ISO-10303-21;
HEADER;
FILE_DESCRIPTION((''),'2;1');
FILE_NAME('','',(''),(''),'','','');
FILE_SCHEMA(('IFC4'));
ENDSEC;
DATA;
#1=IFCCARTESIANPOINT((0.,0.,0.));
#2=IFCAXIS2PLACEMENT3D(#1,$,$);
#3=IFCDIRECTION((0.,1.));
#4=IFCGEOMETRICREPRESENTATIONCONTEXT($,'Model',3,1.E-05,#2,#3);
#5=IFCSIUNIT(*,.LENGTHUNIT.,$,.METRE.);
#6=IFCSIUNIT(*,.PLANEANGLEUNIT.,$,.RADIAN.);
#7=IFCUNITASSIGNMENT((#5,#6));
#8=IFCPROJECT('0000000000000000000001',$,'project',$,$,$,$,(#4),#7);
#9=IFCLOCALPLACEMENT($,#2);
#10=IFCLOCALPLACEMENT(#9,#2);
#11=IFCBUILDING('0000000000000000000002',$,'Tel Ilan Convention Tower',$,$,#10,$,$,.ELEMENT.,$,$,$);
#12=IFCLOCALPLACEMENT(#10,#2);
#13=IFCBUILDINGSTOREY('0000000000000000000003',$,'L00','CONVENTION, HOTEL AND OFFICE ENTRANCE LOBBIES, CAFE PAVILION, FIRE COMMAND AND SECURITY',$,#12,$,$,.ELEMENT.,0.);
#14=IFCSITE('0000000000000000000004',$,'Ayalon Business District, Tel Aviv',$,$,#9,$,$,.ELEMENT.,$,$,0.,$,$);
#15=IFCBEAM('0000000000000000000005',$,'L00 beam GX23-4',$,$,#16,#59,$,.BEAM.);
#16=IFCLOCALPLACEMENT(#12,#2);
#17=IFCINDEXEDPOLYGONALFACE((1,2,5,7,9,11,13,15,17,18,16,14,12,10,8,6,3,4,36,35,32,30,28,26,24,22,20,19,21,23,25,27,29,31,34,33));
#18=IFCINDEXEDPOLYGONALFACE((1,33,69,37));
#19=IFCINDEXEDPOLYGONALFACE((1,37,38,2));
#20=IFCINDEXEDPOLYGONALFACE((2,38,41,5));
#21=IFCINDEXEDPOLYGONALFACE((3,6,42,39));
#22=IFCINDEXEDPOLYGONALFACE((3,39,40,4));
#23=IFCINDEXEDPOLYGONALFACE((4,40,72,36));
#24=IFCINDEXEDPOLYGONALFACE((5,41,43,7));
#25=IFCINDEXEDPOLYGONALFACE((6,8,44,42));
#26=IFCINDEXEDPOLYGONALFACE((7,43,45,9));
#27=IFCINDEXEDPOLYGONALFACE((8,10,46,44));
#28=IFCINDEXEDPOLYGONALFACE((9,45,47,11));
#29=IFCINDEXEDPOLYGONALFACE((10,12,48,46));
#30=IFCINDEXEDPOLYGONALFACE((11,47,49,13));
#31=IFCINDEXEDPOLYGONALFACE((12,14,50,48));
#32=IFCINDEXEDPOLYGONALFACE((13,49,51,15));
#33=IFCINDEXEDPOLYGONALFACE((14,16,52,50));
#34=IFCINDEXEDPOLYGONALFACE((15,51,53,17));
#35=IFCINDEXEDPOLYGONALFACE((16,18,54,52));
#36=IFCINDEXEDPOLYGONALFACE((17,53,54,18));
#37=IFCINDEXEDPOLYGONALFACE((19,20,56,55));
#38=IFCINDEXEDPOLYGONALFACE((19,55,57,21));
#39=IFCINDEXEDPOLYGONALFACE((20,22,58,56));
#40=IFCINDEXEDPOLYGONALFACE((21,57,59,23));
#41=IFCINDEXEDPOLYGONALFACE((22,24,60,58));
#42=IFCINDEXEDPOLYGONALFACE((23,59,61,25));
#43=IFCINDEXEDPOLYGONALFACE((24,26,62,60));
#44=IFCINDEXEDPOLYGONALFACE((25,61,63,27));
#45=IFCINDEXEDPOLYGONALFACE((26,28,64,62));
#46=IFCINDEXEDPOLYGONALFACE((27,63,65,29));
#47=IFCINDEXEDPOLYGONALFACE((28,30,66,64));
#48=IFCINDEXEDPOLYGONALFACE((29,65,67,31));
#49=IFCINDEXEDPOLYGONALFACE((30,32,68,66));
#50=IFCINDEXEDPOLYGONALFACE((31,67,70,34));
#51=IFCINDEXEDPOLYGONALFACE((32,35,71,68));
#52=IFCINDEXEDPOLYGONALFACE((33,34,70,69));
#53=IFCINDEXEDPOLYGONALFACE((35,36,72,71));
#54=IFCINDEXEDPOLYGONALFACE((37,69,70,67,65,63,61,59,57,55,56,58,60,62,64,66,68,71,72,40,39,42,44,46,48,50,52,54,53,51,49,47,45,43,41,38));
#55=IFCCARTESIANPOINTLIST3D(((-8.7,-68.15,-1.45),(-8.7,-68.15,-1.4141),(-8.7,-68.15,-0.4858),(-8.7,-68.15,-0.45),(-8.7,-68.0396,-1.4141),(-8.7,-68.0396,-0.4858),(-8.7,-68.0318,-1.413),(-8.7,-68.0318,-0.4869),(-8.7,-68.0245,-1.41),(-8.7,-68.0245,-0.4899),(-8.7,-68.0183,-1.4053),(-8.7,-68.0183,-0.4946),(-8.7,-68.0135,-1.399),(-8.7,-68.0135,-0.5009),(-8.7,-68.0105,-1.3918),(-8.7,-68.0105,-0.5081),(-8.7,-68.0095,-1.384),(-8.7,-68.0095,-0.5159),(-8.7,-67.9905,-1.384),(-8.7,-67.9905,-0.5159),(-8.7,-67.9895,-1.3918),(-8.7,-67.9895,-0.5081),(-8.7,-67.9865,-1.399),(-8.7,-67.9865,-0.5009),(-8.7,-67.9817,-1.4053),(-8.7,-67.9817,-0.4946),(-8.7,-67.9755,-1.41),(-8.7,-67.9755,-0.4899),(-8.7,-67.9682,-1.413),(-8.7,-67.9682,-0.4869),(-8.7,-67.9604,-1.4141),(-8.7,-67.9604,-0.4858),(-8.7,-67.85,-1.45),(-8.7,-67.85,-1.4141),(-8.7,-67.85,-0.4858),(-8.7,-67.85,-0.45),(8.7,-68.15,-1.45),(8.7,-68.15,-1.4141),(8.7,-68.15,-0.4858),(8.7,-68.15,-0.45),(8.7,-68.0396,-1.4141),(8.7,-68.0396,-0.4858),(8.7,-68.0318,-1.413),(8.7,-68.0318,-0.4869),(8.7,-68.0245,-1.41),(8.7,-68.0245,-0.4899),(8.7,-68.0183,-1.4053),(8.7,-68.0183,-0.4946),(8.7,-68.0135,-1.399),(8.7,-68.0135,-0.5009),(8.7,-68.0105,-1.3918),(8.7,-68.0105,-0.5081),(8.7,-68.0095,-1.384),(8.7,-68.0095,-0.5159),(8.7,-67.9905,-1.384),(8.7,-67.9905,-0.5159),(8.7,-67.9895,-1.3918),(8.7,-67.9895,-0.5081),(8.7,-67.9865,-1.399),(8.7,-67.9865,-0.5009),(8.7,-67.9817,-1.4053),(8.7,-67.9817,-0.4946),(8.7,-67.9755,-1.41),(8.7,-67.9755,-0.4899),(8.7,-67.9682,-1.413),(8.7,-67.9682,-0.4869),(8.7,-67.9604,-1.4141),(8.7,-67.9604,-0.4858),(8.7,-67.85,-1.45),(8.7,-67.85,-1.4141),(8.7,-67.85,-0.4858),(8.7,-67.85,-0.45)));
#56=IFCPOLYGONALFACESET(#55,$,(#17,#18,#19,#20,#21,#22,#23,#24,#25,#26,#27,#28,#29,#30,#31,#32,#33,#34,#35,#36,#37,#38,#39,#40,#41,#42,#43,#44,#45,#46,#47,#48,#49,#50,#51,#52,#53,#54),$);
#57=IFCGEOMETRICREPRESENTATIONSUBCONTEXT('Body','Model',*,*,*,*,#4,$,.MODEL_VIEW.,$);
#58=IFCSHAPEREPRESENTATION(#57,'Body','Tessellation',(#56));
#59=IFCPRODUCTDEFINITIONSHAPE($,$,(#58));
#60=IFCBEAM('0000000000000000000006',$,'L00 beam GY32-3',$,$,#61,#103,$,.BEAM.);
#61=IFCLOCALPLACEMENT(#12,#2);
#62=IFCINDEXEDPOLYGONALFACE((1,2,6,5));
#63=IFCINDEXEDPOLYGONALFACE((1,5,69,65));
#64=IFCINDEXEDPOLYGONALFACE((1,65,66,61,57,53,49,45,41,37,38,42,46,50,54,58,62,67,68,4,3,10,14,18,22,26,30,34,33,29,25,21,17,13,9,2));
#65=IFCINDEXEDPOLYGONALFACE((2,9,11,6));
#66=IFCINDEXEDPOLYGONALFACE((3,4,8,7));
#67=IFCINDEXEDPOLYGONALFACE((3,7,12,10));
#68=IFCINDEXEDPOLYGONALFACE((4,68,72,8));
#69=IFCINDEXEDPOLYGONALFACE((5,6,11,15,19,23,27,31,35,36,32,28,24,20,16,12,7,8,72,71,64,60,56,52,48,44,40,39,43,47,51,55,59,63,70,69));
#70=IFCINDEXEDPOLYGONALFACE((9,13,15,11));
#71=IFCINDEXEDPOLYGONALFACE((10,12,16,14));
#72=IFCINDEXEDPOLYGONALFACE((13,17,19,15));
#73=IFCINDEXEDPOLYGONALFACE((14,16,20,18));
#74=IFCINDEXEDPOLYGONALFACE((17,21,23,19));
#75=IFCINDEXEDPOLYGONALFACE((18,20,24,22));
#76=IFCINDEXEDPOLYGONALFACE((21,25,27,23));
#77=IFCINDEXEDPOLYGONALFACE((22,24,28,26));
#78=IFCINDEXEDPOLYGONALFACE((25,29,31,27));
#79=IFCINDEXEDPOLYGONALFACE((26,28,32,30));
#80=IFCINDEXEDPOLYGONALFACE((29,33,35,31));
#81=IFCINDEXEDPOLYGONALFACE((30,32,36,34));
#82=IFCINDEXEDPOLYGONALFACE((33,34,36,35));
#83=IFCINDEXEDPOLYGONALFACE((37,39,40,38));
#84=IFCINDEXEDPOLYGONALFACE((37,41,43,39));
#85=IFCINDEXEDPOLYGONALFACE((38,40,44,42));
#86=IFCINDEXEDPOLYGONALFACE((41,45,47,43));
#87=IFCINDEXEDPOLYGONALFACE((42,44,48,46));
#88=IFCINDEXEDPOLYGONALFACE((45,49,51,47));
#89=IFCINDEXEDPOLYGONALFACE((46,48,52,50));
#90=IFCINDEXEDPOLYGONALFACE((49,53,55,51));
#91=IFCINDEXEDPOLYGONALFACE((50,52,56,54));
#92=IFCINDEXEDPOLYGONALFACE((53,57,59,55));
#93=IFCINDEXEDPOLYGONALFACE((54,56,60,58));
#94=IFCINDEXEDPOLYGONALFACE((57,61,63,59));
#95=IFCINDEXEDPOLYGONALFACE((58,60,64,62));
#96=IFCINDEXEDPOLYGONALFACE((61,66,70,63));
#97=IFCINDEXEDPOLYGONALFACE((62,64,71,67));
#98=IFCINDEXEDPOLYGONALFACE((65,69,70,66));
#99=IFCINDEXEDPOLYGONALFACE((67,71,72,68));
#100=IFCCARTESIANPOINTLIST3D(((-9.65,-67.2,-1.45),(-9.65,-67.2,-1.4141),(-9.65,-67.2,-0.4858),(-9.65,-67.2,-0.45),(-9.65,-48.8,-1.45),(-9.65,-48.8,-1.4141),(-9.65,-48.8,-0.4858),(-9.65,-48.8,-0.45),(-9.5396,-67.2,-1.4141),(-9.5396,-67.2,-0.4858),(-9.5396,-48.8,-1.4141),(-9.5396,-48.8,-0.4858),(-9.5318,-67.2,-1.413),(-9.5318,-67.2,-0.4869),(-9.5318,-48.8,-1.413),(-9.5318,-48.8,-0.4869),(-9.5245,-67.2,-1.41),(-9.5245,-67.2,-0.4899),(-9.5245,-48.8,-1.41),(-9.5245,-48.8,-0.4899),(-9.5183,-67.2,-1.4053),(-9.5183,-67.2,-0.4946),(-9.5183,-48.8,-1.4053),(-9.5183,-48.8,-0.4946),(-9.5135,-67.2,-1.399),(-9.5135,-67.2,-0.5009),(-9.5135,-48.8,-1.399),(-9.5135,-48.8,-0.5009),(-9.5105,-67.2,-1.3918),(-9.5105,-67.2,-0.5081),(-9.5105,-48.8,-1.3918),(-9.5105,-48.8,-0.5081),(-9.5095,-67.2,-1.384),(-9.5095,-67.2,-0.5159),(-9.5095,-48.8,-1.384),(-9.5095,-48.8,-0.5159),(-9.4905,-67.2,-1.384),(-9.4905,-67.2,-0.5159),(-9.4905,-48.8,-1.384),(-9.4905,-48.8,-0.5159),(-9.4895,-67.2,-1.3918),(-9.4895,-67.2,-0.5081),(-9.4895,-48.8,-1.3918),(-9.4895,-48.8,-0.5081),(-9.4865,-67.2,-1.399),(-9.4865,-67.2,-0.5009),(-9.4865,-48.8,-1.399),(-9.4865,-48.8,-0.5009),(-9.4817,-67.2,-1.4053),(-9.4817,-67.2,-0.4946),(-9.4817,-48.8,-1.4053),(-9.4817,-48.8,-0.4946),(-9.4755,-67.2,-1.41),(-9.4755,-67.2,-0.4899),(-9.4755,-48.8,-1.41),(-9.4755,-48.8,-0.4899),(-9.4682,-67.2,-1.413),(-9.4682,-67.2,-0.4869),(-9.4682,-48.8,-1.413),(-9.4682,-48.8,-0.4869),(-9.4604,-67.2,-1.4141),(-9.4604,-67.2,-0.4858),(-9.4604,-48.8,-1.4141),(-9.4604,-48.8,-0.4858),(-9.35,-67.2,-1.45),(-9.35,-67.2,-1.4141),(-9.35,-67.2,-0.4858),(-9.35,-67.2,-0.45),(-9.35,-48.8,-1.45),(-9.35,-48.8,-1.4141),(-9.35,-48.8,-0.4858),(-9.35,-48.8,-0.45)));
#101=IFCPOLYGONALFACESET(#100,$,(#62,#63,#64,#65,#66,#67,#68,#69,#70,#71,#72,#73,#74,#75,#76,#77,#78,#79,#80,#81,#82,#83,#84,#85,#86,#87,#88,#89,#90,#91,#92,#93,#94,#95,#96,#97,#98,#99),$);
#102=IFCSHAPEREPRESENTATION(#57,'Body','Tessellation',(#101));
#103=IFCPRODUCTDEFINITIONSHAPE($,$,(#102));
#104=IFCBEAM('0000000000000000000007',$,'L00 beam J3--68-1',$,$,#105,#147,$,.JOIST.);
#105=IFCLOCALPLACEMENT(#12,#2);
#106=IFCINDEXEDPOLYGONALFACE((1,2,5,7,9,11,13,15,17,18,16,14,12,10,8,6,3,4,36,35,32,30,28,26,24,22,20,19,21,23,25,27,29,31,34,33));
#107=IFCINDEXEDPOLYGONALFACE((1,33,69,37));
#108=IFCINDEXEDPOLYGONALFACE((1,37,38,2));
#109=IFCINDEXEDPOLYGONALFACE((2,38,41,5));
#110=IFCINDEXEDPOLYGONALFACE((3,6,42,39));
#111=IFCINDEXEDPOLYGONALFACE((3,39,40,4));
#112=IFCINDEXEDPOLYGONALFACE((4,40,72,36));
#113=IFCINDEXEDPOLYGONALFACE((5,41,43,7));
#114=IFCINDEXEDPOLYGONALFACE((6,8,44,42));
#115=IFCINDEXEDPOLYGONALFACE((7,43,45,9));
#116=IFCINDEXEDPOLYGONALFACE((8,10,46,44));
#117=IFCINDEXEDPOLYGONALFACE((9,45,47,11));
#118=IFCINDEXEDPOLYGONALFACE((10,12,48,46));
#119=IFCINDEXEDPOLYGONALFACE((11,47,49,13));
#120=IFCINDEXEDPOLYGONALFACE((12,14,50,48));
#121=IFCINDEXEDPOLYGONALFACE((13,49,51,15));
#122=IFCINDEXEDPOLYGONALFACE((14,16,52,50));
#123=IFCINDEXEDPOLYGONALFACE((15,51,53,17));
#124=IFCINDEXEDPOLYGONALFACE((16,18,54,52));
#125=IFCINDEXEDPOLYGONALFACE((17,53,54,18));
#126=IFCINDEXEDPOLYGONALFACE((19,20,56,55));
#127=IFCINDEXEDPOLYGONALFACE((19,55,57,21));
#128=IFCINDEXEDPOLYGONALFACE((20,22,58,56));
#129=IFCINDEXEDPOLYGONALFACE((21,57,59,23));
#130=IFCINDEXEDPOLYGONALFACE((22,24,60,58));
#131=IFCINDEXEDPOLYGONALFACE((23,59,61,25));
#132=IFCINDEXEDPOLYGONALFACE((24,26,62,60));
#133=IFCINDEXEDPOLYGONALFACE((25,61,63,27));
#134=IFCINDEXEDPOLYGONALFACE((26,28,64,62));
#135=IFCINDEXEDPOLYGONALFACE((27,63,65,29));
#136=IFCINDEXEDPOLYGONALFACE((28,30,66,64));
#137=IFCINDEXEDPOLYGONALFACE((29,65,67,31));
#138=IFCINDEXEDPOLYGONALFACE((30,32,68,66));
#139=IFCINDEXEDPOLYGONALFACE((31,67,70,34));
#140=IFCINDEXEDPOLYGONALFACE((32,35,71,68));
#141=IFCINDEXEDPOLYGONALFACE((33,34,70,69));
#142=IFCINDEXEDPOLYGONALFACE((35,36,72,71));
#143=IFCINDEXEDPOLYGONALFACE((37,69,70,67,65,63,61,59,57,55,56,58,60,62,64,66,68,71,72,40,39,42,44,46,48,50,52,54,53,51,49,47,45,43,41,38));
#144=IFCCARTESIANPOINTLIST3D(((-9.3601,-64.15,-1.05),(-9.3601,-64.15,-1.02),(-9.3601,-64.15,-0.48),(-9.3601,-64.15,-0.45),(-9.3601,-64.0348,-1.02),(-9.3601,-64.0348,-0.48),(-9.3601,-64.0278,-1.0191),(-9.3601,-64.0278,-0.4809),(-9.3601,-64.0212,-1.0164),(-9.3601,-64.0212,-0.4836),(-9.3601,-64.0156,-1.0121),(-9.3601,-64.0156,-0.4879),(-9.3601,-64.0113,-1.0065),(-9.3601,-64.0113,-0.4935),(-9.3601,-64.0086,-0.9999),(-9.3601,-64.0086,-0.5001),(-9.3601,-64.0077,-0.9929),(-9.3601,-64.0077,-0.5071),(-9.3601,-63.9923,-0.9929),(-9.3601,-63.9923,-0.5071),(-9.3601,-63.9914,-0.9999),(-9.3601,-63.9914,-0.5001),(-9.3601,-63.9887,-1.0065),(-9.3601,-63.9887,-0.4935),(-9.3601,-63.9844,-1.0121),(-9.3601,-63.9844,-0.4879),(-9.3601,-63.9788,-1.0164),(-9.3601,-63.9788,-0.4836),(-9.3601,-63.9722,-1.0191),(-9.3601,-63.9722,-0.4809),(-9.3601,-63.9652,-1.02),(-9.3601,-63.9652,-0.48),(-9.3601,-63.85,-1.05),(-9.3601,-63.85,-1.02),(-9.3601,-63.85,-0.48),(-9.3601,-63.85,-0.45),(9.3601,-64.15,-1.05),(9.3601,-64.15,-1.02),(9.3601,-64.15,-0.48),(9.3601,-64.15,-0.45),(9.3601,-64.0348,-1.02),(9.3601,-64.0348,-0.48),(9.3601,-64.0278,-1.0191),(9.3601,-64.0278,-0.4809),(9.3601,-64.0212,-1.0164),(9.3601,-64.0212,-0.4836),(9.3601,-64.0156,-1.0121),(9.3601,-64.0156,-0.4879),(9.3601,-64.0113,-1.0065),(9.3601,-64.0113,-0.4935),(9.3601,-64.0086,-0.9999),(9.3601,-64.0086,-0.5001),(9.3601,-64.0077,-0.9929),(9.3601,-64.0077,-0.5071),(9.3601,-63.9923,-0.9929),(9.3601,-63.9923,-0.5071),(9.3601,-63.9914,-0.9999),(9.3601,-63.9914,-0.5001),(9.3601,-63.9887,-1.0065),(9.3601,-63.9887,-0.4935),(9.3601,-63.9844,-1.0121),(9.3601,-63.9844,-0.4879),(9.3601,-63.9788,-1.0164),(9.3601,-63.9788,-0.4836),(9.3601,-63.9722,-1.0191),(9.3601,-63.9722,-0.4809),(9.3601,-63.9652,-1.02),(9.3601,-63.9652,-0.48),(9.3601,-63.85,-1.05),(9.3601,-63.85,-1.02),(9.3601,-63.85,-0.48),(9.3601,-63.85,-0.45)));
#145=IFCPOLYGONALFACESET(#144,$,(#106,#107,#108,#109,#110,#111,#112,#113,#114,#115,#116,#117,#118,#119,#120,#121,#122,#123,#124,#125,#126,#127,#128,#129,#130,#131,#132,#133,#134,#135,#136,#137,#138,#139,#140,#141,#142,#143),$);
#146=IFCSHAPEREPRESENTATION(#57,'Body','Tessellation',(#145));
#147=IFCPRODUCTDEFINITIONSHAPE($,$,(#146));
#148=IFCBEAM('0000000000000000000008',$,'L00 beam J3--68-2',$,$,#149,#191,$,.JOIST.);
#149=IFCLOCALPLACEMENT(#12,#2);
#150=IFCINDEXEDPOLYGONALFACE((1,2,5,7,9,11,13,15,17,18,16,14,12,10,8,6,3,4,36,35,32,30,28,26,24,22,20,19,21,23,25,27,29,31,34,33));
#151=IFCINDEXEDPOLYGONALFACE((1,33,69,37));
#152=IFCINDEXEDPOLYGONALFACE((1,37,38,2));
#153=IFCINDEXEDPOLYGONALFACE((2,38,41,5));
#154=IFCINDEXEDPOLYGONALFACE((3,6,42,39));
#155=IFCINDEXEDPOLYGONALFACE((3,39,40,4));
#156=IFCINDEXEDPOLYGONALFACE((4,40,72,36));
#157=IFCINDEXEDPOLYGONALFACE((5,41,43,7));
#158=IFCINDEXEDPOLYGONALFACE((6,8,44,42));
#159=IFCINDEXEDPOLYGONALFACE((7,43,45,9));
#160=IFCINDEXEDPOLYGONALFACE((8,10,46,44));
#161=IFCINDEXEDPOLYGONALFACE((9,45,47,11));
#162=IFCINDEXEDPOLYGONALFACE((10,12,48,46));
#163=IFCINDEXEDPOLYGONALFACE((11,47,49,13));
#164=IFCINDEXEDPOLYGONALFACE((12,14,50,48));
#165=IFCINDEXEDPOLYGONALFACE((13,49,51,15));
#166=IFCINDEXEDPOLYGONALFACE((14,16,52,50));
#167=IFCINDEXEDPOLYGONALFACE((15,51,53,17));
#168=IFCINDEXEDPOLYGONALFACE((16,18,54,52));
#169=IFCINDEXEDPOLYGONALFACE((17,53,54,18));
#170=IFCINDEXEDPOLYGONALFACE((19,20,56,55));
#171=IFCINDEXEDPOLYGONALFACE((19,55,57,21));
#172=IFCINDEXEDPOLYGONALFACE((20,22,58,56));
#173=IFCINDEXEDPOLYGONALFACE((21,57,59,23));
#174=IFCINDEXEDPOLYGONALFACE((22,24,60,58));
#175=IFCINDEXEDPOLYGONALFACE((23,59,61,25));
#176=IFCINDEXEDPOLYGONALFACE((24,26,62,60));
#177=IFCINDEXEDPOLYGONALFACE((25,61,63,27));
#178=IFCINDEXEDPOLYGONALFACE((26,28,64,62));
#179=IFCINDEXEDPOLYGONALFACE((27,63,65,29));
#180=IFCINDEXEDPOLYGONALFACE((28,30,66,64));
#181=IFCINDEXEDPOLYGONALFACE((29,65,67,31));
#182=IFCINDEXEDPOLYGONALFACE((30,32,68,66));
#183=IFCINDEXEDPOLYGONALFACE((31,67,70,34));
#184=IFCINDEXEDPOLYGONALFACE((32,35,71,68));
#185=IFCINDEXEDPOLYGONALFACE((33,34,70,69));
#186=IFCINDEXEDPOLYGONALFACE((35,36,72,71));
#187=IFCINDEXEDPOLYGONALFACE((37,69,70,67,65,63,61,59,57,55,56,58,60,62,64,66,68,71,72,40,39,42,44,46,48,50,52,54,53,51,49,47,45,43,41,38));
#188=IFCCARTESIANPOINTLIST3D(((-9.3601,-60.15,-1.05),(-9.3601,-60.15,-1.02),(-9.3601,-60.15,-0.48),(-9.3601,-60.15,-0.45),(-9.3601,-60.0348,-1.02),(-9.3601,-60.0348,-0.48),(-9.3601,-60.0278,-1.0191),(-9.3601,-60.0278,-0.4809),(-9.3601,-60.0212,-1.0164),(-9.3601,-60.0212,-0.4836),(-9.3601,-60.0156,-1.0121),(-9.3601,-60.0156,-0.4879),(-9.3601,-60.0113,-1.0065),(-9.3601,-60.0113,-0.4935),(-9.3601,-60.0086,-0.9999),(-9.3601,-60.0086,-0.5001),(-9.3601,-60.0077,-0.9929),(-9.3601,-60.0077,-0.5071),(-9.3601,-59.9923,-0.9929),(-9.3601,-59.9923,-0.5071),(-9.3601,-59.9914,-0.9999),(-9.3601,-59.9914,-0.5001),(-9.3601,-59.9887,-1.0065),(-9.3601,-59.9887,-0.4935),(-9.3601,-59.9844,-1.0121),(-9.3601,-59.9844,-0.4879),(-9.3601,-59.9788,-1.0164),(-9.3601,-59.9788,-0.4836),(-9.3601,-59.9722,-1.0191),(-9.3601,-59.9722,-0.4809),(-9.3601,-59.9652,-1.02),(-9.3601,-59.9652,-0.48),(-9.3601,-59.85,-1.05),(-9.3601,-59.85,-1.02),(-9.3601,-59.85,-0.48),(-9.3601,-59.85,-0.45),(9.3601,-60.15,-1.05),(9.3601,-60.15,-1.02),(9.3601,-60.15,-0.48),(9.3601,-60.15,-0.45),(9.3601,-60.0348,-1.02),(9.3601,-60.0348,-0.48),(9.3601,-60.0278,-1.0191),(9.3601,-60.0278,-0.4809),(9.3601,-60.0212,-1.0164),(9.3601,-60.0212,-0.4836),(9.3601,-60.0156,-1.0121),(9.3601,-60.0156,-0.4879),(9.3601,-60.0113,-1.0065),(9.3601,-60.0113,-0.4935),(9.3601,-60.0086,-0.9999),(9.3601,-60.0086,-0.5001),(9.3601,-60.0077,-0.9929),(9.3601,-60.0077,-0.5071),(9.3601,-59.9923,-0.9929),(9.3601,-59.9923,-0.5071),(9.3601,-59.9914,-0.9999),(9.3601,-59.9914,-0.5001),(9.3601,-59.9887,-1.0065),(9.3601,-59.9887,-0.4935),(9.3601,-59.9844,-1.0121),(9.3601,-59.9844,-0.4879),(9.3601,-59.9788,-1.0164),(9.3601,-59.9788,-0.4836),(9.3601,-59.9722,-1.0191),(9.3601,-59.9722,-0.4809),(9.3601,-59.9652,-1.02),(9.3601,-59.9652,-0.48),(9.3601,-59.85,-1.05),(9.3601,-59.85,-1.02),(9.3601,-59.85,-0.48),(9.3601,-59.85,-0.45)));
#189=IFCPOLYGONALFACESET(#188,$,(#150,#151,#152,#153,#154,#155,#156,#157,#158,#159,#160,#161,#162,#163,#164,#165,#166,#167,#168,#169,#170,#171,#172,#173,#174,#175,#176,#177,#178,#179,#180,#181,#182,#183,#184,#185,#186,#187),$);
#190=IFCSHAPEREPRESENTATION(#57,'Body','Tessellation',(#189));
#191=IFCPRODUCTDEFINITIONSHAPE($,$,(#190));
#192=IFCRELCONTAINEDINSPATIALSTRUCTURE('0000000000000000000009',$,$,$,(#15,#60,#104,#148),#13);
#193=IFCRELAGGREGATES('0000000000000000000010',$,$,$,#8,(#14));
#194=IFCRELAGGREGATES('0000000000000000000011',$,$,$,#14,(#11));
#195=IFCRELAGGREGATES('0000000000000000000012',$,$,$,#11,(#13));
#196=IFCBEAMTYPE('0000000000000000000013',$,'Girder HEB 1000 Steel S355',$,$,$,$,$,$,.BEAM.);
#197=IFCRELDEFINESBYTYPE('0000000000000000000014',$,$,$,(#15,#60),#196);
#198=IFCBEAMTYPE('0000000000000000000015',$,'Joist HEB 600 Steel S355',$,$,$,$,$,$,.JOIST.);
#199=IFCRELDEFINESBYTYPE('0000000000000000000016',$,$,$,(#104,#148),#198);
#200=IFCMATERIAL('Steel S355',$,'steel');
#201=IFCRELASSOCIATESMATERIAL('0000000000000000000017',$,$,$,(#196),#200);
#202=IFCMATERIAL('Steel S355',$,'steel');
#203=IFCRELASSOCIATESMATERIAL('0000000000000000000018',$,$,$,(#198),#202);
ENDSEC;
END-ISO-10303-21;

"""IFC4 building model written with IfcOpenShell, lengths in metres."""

from ifc_helpers import new_model, si_unit, direction, frame, origin, origin_2d, place, context, subcontext, project, spatial, i_section, extrude, material, material_profile, profile_set, type_object, element, save


model = new_model("IFC4")

# Units and contexts
model_context = context("Model", 3, precision=1e-05, world=origin(), true_north=direction((0.0, 1.0)))
body_context = subcontext(model_context, "Body", "Model", "MODEL_VIEW")
ifc_project = project(units=[si_unit("LENGTHUNIT", "METRE"), si_unit("PLANEANGLEUNIT", "RADIAN")], contexts=[model_context])

# Site, building, storey
site_placement = place(None, origin())
site = spatial("IfcSite", under=ifc_project, at=site_placement, Name="Ayalon Business District, Tel Aviv", CompositionType="ELEMENT", RefElevation=0.0)
building_placement = place(site_placement, origin())
building = spatial("IfcBuilding", under=site, at=building_placement, Name="Tel Ilan Convention Tower", CompositionType="ELEMENT")
storey_placement = place(building_placement, origin())
storey = spatial("IfcBuildingStorey", under=building, at=storey_placement, Name="L00", Description="CONVENTION, HOTEL AND OFFICE ENTRANCE LOBBIES, CAFE PAVILION, FIRE COMMAND AND SECURITY", CompositionType="ELEMENT", Elevation=0.0)

# Beams
ifc_material_1 = material(Name="Steel S355", Category="steel")
ifc_material_profile_1 = material_profile(ifc_material_1, i_section(OverallWidth=0.3, OverallDepth=1.0, WebThickness=0.019, FlangeThickness=0.0359, FilletRadius=0.03, at=origin_2d()), Name="HEB 1000")
ifc_profile_set_1 = profile_set([ifc_material_profile_1], Name="Steel S355")
beam_type_1 = type_object("IfcBeamType", Name="Girder HEB 1000 Steel S355", PredefinedType="BEAM", material=ifc_profile_set_1)
beam_1_placement = place(storey_placement, frame((-8.7, -68.0, -0.95), z_axis=(1.0, 0.0, 0.0), x_axis=(0.0, 1.0, 0.0)))
element("IfcBeam", 1, at=beam_1_placement, inside=storey, type_object=beam_type_1, Name="L00 beam GX23-4", PredefinedType="BEAM", context=body_context, shape_type="SweptSolid", body=[
    extrude(i_section(OverallWidth=0.3, OverallDepth=1.0, WebThickness=0.019, FlangeThickness=0.0359, FilletRadius=0.03, at=origin_2d()), origin(), (0.0, 0.0, 1.0), 17.3999),
])
beam_2_placement = place(storey_placement, frame((-9.5, -67.2, -0.95), z_axis=(0.0, 1.0, 0.0), x_axis=(-1.0, 0.0, 0.0)))
element("IfcBeam", 2, at=beam_2_placement, inside=storey, type_object=beam_type_1, Name="L00 beam GY32-3", PredefinedType="BEAM", context=body_context, shape_type="SweptSolid", body=[
    extrude(i_section(OverallWidth=0.3, OverallDepth=1.0, WebThickness=0.019, FlangeThickness=0.0359, FilletRadius=0.03, at=origin_2d()), origin(), (0.0, 0.0, 1.0), 18.3999),
])
ifc_material_2 = material(Name="Steel S355", Category="steel")
ifc_material_profile_2 = material_profile(ifc_material_2, i_section(OverallWidth=0.3, OverallDepth=0.6001, WebThickness=0.0154, FlangeThickness=0.03, FilletRadius=0.0271, at=origin_2d()), Name="HEB 600")
ifc_profile_set_2 = profile_set([ifc_material_profile_2], Name="Steel S355")
beam_type_2 = type_object("IfcBeamType", Name="Joist HEB 600 Steel S355", PredefinedType="JOIST", material=ifc_profile_set_2)
for number, where, z_axis, x_axis, name in (
    (3, (-9.3601, -64.0, -0.75), (1.0, 0.0, 0.0), (0.0, 1.0, 0.0), "L00 beam J3--68-1"),
    (4, (-9.3601, -60.0, -0.75), (1.0, 0.0, 0.0), (0.0, 1.0, 0.0), "L00 beam J3--68-2"),
):
    element("IfcBeam", number, at=place(storey_placement, frame(where, z_axis=z_axis, x_axis=x_axis)), inside=storey, type_object=beam_type_2, Name=name, PredefinedType="JOIST", context=body_context, shape_type="SweptSolid", body=[
        extrude(i_section(OverallWidth=0.3, OverallDepth=0.6001, WebThickness=0.0154, FlangeThickness=0.03, FilletRadius=0.0271, at=origin_2d()), origin(), (0.0, 0.0, 1.0), 18.7202),
    ])

save(model, "model.ifc")
